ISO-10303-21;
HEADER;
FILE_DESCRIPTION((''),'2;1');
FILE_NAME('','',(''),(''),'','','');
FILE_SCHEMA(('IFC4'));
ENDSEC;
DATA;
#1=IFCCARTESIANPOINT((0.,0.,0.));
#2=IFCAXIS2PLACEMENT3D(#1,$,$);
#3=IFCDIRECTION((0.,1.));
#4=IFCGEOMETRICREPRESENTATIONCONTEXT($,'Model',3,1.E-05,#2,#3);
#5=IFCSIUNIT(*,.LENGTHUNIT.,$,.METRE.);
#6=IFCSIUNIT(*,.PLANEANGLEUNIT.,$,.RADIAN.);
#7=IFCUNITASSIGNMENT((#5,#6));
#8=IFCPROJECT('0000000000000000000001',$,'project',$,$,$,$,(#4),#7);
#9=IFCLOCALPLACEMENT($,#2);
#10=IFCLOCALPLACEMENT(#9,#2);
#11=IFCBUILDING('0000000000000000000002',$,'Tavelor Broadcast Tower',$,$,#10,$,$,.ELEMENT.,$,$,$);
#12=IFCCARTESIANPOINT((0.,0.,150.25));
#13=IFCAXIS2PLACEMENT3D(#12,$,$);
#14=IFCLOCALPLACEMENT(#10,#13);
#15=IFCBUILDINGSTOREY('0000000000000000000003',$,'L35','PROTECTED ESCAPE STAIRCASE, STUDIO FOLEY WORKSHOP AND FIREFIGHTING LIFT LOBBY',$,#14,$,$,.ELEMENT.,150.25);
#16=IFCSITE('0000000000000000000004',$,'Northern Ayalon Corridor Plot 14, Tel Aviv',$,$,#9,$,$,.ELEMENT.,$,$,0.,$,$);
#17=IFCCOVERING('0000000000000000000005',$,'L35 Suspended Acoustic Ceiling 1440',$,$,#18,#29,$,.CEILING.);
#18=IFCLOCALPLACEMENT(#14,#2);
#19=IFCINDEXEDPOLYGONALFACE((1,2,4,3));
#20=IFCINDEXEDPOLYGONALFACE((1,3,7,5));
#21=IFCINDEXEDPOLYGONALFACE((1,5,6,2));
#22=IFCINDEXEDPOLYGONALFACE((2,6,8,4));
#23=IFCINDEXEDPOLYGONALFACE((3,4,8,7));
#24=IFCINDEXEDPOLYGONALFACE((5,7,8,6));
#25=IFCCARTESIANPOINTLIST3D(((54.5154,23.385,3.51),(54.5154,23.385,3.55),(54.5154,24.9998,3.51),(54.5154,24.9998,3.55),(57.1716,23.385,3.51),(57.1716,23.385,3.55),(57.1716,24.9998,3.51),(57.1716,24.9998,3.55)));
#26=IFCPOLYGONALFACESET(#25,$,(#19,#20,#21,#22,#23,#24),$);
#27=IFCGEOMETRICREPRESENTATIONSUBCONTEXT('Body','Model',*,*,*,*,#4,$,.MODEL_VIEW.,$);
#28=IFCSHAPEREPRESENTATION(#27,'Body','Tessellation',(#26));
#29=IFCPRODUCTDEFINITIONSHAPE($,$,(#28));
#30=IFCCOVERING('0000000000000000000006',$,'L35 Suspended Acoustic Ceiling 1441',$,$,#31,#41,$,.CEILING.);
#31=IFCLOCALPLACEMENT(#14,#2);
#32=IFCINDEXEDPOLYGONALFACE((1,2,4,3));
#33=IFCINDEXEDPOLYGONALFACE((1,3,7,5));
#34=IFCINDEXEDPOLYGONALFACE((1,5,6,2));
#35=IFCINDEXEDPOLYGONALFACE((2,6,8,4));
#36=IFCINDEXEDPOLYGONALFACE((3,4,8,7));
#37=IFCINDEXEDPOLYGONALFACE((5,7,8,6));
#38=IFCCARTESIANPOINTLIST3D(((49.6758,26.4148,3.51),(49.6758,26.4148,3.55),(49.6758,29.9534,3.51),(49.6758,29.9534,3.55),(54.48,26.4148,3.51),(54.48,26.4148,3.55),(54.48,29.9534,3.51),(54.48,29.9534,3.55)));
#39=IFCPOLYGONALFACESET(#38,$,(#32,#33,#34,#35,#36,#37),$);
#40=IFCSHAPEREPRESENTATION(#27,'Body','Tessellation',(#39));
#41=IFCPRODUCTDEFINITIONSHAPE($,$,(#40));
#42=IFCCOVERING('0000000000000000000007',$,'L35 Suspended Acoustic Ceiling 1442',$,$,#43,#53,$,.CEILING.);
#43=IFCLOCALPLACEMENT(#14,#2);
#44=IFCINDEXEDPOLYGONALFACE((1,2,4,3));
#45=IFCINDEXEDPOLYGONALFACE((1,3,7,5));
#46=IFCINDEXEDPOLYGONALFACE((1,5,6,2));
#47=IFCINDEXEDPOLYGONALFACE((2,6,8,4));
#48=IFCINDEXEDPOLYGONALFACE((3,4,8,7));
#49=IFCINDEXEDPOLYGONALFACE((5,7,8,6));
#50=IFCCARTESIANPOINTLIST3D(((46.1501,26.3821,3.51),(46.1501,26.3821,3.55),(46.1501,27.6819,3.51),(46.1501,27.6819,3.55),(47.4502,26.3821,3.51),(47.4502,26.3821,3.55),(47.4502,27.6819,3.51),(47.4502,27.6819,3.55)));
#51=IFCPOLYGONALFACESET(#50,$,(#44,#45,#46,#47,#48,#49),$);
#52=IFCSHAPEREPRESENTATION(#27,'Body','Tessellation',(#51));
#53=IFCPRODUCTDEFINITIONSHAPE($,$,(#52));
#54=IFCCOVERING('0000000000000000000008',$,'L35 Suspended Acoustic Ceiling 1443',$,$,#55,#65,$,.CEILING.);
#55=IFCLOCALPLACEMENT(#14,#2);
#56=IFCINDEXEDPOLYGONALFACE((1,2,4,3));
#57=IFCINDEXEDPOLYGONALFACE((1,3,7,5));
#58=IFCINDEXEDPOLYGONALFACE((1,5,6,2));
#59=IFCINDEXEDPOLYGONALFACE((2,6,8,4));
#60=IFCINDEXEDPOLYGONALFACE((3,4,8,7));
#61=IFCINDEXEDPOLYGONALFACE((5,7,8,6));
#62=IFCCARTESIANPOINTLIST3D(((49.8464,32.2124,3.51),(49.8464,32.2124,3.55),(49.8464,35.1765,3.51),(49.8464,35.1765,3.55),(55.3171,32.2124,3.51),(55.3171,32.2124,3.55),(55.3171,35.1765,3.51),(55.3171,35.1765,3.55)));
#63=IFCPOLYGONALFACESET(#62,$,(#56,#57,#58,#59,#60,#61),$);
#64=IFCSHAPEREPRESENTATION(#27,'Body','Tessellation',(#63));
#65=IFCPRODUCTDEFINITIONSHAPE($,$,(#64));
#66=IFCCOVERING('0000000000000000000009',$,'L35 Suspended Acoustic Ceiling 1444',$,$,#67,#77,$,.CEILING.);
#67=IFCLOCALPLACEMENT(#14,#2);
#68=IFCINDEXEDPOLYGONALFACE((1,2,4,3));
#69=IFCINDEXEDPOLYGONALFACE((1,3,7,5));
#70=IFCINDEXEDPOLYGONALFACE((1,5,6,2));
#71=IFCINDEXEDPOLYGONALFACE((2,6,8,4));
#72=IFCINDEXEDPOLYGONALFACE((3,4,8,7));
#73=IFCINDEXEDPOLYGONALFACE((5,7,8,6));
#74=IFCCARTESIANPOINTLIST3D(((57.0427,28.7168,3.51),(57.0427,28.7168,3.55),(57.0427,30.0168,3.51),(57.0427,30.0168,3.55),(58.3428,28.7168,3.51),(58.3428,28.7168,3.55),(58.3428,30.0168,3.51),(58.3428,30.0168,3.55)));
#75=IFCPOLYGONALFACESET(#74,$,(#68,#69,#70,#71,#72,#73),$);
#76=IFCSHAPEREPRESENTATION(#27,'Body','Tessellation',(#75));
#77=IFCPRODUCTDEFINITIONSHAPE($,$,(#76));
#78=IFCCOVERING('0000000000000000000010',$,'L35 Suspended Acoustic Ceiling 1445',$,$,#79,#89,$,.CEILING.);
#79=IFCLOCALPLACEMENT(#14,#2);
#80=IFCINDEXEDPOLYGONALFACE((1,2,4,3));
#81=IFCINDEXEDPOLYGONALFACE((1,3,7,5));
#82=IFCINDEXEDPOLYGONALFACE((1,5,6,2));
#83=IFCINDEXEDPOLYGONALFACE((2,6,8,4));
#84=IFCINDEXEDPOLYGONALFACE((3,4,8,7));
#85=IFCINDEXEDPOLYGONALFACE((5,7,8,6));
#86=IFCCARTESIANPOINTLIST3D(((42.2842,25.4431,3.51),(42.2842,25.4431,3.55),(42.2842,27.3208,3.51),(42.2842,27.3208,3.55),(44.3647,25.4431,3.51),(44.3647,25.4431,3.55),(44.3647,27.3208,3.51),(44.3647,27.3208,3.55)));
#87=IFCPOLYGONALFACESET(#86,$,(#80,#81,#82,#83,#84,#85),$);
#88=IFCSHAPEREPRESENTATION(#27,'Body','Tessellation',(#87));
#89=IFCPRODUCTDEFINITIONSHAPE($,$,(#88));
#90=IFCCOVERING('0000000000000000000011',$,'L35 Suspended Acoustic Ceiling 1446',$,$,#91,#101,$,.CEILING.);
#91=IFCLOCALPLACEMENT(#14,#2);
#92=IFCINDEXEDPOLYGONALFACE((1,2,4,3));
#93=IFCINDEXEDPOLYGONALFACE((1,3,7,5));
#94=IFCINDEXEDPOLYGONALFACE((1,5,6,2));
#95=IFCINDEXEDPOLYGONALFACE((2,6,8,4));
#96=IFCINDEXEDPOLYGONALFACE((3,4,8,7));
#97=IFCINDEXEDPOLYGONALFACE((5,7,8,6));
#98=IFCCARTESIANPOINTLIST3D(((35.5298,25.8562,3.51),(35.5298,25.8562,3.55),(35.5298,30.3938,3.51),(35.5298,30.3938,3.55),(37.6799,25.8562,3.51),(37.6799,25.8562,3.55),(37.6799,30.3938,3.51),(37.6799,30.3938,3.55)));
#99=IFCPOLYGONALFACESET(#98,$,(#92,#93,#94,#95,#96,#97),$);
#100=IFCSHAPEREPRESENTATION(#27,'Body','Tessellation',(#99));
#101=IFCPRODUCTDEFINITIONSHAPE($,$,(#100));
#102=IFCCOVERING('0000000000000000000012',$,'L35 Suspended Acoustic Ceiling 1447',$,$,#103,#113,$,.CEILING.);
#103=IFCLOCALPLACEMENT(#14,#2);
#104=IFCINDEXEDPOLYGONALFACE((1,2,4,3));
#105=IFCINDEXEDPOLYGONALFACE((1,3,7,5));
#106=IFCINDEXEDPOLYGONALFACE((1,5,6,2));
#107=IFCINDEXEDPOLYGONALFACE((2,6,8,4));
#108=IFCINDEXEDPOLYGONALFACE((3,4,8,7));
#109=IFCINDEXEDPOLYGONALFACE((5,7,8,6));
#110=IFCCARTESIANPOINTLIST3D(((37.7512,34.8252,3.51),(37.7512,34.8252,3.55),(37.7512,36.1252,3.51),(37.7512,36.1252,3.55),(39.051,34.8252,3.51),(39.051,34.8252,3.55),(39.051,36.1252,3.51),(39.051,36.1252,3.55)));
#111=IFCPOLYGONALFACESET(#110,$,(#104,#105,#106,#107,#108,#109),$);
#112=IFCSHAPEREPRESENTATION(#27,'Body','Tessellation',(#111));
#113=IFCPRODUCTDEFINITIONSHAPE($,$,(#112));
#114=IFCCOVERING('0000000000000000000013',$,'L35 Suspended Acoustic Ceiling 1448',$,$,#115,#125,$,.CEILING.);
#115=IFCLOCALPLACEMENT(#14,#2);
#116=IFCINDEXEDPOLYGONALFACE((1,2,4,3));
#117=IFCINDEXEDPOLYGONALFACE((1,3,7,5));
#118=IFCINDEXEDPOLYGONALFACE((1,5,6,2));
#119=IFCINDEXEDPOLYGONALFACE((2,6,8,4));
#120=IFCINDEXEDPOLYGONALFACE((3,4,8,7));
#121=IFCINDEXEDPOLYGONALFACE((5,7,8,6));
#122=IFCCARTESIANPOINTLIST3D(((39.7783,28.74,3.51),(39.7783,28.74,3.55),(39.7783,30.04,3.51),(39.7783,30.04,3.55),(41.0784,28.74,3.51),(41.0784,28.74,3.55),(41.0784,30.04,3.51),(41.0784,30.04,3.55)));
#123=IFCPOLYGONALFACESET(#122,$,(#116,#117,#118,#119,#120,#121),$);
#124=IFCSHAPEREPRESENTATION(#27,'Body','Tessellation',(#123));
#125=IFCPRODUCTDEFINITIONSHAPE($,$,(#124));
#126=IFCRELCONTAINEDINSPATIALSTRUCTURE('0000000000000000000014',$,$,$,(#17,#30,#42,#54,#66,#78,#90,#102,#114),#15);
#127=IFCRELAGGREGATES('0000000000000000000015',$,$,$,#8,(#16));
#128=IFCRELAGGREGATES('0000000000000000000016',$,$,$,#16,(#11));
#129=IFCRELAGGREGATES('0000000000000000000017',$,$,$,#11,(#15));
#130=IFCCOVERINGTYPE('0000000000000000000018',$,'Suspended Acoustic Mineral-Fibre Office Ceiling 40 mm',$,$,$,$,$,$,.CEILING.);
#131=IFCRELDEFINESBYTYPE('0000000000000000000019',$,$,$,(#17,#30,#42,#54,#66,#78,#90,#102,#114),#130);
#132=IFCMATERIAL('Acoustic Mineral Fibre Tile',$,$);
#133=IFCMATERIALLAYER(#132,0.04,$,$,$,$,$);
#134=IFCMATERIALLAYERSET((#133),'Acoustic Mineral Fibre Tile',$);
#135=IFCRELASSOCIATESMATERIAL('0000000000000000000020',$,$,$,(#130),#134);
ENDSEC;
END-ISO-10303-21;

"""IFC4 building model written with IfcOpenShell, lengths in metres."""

from ifc_helpers import new_model, si_unit, direction, frame, origin, place, context, subcontext, project, spatial, polyline, outline, extrude, material, layer, layer_set, type_object, element, save


model = new_model("IFC4")

# Units and contexts
model_context = context("Model", 3, precision=1e-05, world=origin(), true_north=direction((0.0, 1.0)))
body_context = subcontext(model_context, "Body", "Model", "MODEL_VIEW")
ifc_project = project(units=[si_unit("LENGTHUNIT", "METRE"), si_unit("PLANEANGLEUNIT", "RADIAN")], contexts=[model_context])

# Site, building, storey
site_placement = place(None, origin())
site = spatial("IfcSite", under=ifc_project, at=site_placement, Name="Northern Ayalon Corridor Plot 14, Tel Aviv", CompositionType="ELEMENT", RefElevation=0.0)
building_placement = place(site_placement, origin())
building = spatial("IfcBuilding", under=site, at=building_placement, Name="Tavelor Broadcast Tower", CompositionType="ELEMENT")
storey_placement = place(building_placement, frame((0.0, 0.0, 150.25)))
storey = spatial("IfcBuildingStorey", under=building, at=storey_placement, Name="L35", Description="PROTECTED ESCAPE STAIRCASE, STUDIO FOLEY WORKSHOP AND FIREFIGHTING LIFT LOBBY", CompositionType="ELEMENT", Elevation=150.25)

# Coverings
ifc_material_1 = material(Name="Acoustic Mineral Fibre Tile")
ifc_layer_1 = layer(ifc_material_1, 0.04)
ifc_layer_set_1 = layer_set([ifc_layer_1], Name="Acoustic Mineral Fibre Tile")
covering_type_1 = type_object("IfcCoveringType", Name="Suspended Acoustic Mineral-Fibre Office Ceiling 40 mm", PredefinedType="CEILING", material=ifc_layer_set_1)
covering_1_placement = place(storey_placement, frame((0.0, 0.0, 3.51)))
element("IfcCovering", 1, at=covering_1_placement, inside=storey, type_object=covering_type_1, Name="L35 Suspended Acoustic Ceiling 1440", PredefinedType="CEILING", context=body_context, shape_type="SweptSolid", body=[
    extrude(outline(polyline([(54.5154, 23.385), (57.1716, 23.385), (57.1716, 24.9998), (54.5154, 24.9998), (54.5154, 23.385)])), origin(), (0.0, 0.0, 1.0), 0.04),
])
covering_2_placement = place(storey_placement, frame((0.0, 0.0, 3.51)))
element("IfcCovering", 2, at=covering_2_placement, inside=storey, type_object=covering_type_1, Name="L35 Suspended Acoustic Ceiling 1441", PredefinedType="CEILING", context=body_context, shape_type="SweptSolid", body=[
    extrude(outline(polyline([(49.6758, 26.4148), (54.48, 26.4148), (54.48, 29.9534), (49.6758, 29.9534), (49.6758, 26.4148)])), origin(), (0.0, 0.0, 1.0), 0.04),
])
covering_3_placement = place(storey_placement, frame((0.0, 0.0, 3.51)))
element("IfcCovering", 3, at=covering_3_placement, inside=storey, type_object=covering_type_1, Name="L35 Suspended Acoustic Ceiling 1442", PredefinedType="CEILING", context=body_context, shape_type="SweptSolid", body=[
    extrude(outline(polyline([(46.1501, 26.3821), (47.4502, 26.3821), (47.4502, 27.6819), (46.1501, 27.6819), (46.1501, 26.3821)])), origin(), (0.0, 0.0, 1.0), 0.04),
])
covering_4_placement = place(storey_placement, frame((0.0, 0.0, 3.51)))
element("IfcCovering", 4, at=covering_4_placement, inside=storey, type_object=covering_type_1, Name="L35 Suspended Acoustic Ceiling 1443", PredefinedType="CEILING", context=body_context, shape_type="SweptSolid", body=[
    extrude(outline(polyline([(49.8464, 32.2124), (55.3171, 32.2124), (55.3171, 35.1765), (49.8464, 35.1765), (49.8464, 32.2124)])), origin(), (0.0, 0.0, 1.0), 0.04),
])
covering_5_placement = place(storey_placement, frame((0.0, 0.0, 3.51)))
element("IfcCovering", 5, at=covering_5_placement, inside=storey, type_object=covering_type_1, Name="L35 Suspended Acoustic Ceiling 1444", PredefinedType="CEILING", context=body_context, shape_type="SweptSolid", body=[
    extrude(outline(polyline([(57.0427, 28.7168), (58.3428, 28.7168), (58.3428, 30.0168), (57.0427, 30.0168), (57.0427, 28.7168)])), origin(), (0.0, 0.0, 1.0), 0.04),
])
covering_6_placement = place(storey_placement, frame((0.0, 0.0, 3.51)))
element("IfcCovering", 6, at=covering_6_placement, inside=storey, type_object=covering_type_1, Name="L35 Suspended Acoustic Ceiling 1445", PredefinedType="CEILING", context=body_context, shape_type="SweptSolid", body=[
    extrude(outline(polyline([(42.2842, 25.4431), (44.3647, 25.4431), (44.3647, 27.3208), (42.2842, 27.3208), (42.2842, 25.4431)])), origin(), (0.0, 0.0, 1.0), 0.04),
])
covering_7_placement = place(storey_placement, frame((0.0, 0.0, 3.51)))
element("IfcCovering", 7, at=covering_7_placement, inside=storey, type_object=covering_type_1, Name="L35 Suspended Acoustic Ceiling 1446", PredefinedType="CEILING", context=body_context, shape_type="SweptSolid", body=[
    extrude(outline(polyline([(35.5298, 25.8562), (37.6799, 25.8562), (37.6799, 30.3938), (35.5298, 30.3938), (35.5298, 25.8562)])), origin(), (0.0, 0.0, 1.0), 0.04),
])
covering_8_placement = place(storey_placement, frame((0.0, 0.0, 3.51)))
element("IfcCovering", 8, at=covering_8_placement, inside=storey, type_object=covering_type_1, Name="L35 Suspended Acoustic Ceiling 1447", PredefinedType="CEILING", context=body_context, shape_type="SweptSolid", body=[
    extrude(outline(polyline([(37.7512, 34.8252), (39.051, 34.8252), (39.051, 36.1252), (37.7512, 36.1252), (37.7512, 34.8252)])), origin(), (0.0, 0.0, 1.0), 0.04),
])
covering_9_placement = place(storey_placement, frame((0.0, 0.0, 3.51)))
element("IfcCovering", 9, at=covering_9_placement, inside=storey, type_object=covering_type_1, Name="L35 Suspended Acoustic Ceiling 1448", PredefinedType="CEILING", context=body_context, shape_type="SweptSolid", body=[
    extrude(outline(polyline([(39.7783, 28.74), (41.0784, 28.74), (41.0784, 30.04), (39.7783, 30.04), (39.7783, 28.74)])), origin(), (0.0, 0.0, 1.0), 0.04),
])

save(model, "model.ifc")
